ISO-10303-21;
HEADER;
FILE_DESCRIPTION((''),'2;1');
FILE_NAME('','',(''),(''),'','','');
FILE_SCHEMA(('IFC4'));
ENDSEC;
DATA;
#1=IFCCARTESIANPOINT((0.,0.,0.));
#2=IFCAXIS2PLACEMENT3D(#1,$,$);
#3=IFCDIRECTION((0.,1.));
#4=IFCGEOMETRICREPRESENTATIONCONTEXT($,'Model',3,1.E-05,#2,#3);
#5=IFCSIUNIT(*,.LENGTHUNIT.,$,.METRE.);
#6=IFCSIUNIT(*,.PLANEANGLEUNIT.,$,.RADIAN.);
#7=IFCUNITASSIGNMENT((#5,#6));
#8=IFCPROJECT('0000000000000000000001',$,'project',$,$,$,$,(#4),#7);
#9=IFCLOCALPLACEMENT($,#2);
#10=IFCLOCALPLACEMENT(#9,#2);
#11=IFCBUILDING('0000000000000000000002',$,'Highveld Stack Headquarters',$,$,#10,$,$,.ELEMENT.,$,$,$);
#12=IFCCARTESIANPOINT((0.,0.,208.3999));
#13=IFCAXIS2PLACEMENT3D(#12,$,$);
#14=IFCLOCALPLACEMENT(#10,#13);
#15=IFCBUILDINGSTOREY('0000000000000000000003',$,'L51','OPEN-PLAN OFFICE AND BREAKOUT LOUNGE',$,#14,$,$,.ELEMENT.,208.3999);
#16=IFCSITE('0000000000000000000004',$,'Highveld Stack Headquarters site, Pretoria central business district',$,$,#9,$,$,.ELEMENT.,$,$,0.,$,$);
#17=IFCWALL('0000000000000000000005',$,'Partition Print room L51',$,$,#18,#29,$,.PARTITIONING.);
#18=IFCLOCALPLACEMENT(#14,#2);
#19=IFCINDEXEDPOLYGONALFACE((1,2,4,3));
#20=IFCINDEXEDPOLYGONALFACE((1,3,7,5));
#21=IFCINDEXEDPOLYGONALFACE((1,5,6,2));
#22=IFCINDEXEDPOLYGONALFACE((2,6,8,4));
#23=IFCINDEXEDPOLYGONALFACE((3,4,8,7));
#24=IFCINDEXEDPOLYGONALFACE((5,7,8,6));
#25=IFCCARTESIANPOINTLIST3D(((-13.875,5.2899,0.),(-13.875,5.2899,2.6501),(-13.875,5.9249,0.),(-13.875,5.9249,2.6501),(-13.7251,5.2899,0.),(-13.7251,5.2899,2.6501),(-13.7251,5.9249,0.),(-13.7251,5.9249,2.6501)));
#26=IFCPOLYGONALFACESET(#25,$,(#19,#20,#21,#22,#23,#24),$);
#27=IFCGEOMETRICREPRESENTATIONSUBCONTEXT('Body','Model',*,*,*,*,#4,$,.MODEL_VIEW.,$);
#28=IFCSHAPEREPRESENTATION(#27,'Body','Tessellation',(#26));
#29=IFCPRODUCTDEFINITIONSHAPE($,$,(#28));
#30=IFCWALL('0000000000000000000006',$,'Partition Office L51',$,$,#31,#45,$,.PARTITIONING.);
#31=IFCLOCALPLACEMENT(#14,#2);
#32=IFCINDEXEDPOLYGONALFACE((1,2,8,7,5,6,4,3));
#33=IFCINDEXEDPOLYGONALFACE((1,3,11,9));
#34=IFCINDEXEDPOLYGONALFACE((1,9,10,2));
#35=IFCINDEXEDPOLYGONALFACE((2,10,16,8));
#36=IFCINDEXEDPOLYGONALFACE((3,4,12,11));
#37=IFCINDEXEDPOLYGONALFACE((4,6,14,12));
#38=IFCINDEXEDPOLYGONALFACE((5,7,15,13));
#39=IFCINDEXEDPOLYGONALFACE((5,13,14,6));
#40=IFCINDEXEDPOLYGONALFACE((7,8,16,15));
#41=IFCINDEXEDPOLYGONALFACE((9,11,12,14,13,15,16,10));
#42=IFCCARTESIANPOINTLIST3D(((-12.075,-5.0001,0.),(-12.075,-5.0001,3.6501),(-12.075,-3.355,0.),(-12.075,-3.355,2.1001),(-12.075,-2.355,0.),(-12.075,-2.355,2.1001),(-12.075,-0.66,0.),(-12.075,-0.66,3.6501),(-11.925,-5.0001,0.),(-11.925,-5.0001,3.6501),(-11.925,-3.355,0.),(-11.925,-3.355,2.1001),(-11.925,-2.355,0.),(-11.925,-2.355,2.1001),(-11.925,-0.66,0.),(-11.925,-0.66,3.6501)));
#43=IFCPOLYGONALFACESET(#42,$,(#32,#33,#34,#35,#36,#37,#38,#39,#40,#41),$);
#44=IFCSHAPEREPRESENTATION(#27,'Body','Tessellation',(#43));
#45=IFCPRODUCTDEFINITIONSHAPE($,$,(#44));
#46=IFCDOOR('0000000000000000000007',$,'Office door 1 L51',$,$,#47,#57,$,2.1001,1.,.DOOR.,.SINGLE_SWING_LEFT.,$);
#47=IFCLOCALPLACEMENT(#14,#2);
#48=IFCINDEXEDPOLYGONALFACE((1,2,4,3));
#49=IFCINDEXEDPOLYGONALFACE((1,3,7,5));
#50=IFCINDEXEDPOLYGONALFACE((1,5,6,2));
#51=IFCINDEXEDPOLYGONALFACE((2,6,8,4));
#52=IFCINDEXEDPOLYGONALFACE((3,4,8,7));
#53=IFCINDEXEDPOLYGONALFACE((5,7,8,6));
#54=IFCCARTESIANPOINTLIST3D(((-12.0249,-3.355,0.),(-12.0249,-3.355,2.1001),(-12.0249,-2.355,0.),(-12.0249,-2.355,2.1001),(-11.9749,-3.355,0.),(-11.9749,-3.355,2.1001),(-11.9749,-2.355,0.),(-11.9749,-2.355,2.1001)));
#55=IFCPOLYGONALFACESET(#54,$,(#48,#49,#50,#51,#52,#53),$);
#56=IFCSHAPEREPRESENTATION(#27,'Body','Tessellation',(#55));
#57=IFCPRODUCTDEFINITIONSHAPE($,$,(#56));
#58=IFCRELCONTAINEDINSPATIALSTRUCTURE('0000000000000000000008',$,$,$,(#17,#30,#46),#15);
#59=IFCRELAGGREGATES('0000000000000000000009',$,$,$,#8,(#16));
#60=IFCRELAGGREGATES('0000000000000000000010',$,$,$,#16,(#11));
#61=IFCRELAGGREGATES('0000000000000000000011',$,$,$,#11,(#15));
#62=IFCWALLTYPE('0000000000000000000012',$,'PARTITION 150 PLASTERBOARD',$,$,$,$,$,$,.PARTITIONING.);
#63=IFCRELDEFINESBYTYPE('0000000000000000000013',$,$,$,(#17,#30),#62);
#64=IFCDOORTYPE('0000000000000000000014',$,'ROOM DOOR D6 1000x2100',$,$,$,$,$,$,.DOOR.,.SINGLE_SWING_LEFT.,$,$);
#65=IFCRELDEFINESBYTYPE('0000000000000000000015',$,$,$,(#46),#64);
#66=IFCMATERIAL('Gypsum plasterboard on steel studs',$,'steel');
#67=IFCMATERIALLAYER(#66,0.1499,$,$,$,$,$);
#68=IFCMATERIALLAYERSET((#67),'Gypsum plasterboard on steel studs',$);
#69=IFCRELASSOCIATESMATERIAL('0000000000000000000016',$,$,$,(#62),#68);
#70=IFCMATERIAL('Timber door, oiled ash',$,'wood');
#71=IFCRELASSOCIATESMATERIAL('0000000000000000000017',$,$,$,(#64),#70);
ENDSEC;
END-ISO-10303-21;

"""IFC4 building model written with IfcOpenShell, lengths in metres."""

from ifc_helpers import new_model, si_unit, direction, frame, frame_2d, origin, place, context, subcontext, project, spatial, rectangle, extrude, material, layer, layer_set, type_object, element, fill, save


model = new_model("IFC4")

# Units and contexts
model_context = context("Model", 3, precision=1e-05, world=origin(), true_north=direction((0.0, 1.0)))
body_context = subcontext(model_context, "Body", "Model", "MODEL_VIEW")
ifc_project = project(units=[si_unit("LENGTHUNIT", "METRE"), si_unit("PLANEANGLEUNIT", "RADIAN")], contexts=[model_context])

# Site, building, storey
site_placement = place(None, origin())
site = spatial("IfcSite", under=ifc_project, at=site_placement, Name="Highveld Stack Headquarters site, Pretoria central business district", CompositionType="ELEMENT", RefElevation=0.0)
building_placement = place(site_placement, origin())
building = spatial("IfcBuilding", under=site, at=building_placement, Name="Highveld Stack Headquarters", CompositionType="ELEMENT")
storey_placement = place(building_placement, frame((0.0, 0.0, 208.3999)))
storey = spatial("IfcBuildingStorey", under=building, at=storey_placement, Name="L51", Description="OPEN-PLAN OFFICE AND BREAKOUT LOUNGE", CompositionType="ELEMENT", Elevation=208.3999)

# Shared definitions
ifc_material_1 = material(Name="Gypsum plasterboard on steel studs", Category="steel")
ifc_layer = layer(ifc_material_1, 0.1499)
ifc_layer_set = layer_set([ifc_layer], Name="Gypsum plasterboard on steel studs")
wall_type = type_object("IfcWallType", Name="PARTITION 150 PLASTERBOARD", PredefinedType="PARTITIONING", material=ifc_layer_set)

# Shared definitions
ifc_material_2 = material(Name="Timber door, oiled ash", Category="wood")
door_type = type_object("IfcDoorType", Name="ROOM DOOR D6 1000x2100", OperationType="SINGLE_SWING_LEFT", PredefinedType="DOOR", material=ifc_material_2)

# Wall
wall_1_placement = place(storey_placement, frame((-13.8, 5.29, 0.0), z_axis=(0.0, 0.0, 1.0), x_axis=(0.0, 1.0, 0.0)))
element("IfcWall", 1, at=wall_1_placement, inside=storey, type_object=wall_type, Name="Partition Print room L51", PredefinedType="PARTITIONING", context=body_context, shape_type="SweptSolid", body=[
    extrude(rectangle(XDim=0.635, YDim=0.1499, at=frame_2d((0.3174, 0.0))), origin(), (0.0, 0.0, 1.0), 2.6501),
])

# Wall, opening, door
wall_2_placement = place(storey_placement, frame((-12.0, -5.0, 0.0), z_axis=(0.0, 0.0, 1.0), x_axis=(0.0, 1.0, 0.0)))
wall_2 = element("IfcWall", 2, at=wall_2_placement, inside=storey, type_object=wall_type, Name="Partition Office L51", PredefinedType="PARTITIONING", context=body_context, shape_type="SweptSolid", body=[
    extrude(rectangle(XDim=4.3401, YDim=0.1499, at=frame_2d((2.1699, 0.0))), origin(), (0.0, 0.0, 1.0), 3.6501),
])
opening_1_placement = place(wall_2_placement, frame((1.645, 0.0, 0.0)))
opening_1 = element("IfcOpeningElement", 3, at=opening_1_placement, cuts=wall_2, PredefinedType="OPENING", context=body_context, shape_type="SweptSolid", body=[
    extrude(rectangle(XDim=1.0, YDim=2.1001, at=frame_2d((0.5, 1.05))), frame((0.0, 0.085, 0.0), z_axis=(0.0, -1.0, 0.0), x_axis=(1.0, 0.0, 0.0)), (0.0, 0.0, 1.0), 0.1699),
])
door_1_placement = place(opening_1_placement, origin())
door_1 = element("IfcDoor", 4, at=door_1_placement, inside=storey, type_object=door_type, Name="Office door 1 L51", OperationType="SINGLE_SWING_LEFT", OverallHeight=2.1001, OverallWidth=1.0, PredefinedType="DOOR", context=body_context, shape_type="SweptSolid", body=[
    extrude(rectangle(XDim=1.0, YDim=2.1001, at=frame_2d((0.5, 1.05))), frame((0.0, 0.0249, 0.0), z_axis=(0.0, -1.0, 0.0), x_axis=(1.0, 0.0, 0.0)), (0.0, 0.0, 1.0), 0.05),
])
fill(opening_1, door_1)

save(model, "model.ifc")
